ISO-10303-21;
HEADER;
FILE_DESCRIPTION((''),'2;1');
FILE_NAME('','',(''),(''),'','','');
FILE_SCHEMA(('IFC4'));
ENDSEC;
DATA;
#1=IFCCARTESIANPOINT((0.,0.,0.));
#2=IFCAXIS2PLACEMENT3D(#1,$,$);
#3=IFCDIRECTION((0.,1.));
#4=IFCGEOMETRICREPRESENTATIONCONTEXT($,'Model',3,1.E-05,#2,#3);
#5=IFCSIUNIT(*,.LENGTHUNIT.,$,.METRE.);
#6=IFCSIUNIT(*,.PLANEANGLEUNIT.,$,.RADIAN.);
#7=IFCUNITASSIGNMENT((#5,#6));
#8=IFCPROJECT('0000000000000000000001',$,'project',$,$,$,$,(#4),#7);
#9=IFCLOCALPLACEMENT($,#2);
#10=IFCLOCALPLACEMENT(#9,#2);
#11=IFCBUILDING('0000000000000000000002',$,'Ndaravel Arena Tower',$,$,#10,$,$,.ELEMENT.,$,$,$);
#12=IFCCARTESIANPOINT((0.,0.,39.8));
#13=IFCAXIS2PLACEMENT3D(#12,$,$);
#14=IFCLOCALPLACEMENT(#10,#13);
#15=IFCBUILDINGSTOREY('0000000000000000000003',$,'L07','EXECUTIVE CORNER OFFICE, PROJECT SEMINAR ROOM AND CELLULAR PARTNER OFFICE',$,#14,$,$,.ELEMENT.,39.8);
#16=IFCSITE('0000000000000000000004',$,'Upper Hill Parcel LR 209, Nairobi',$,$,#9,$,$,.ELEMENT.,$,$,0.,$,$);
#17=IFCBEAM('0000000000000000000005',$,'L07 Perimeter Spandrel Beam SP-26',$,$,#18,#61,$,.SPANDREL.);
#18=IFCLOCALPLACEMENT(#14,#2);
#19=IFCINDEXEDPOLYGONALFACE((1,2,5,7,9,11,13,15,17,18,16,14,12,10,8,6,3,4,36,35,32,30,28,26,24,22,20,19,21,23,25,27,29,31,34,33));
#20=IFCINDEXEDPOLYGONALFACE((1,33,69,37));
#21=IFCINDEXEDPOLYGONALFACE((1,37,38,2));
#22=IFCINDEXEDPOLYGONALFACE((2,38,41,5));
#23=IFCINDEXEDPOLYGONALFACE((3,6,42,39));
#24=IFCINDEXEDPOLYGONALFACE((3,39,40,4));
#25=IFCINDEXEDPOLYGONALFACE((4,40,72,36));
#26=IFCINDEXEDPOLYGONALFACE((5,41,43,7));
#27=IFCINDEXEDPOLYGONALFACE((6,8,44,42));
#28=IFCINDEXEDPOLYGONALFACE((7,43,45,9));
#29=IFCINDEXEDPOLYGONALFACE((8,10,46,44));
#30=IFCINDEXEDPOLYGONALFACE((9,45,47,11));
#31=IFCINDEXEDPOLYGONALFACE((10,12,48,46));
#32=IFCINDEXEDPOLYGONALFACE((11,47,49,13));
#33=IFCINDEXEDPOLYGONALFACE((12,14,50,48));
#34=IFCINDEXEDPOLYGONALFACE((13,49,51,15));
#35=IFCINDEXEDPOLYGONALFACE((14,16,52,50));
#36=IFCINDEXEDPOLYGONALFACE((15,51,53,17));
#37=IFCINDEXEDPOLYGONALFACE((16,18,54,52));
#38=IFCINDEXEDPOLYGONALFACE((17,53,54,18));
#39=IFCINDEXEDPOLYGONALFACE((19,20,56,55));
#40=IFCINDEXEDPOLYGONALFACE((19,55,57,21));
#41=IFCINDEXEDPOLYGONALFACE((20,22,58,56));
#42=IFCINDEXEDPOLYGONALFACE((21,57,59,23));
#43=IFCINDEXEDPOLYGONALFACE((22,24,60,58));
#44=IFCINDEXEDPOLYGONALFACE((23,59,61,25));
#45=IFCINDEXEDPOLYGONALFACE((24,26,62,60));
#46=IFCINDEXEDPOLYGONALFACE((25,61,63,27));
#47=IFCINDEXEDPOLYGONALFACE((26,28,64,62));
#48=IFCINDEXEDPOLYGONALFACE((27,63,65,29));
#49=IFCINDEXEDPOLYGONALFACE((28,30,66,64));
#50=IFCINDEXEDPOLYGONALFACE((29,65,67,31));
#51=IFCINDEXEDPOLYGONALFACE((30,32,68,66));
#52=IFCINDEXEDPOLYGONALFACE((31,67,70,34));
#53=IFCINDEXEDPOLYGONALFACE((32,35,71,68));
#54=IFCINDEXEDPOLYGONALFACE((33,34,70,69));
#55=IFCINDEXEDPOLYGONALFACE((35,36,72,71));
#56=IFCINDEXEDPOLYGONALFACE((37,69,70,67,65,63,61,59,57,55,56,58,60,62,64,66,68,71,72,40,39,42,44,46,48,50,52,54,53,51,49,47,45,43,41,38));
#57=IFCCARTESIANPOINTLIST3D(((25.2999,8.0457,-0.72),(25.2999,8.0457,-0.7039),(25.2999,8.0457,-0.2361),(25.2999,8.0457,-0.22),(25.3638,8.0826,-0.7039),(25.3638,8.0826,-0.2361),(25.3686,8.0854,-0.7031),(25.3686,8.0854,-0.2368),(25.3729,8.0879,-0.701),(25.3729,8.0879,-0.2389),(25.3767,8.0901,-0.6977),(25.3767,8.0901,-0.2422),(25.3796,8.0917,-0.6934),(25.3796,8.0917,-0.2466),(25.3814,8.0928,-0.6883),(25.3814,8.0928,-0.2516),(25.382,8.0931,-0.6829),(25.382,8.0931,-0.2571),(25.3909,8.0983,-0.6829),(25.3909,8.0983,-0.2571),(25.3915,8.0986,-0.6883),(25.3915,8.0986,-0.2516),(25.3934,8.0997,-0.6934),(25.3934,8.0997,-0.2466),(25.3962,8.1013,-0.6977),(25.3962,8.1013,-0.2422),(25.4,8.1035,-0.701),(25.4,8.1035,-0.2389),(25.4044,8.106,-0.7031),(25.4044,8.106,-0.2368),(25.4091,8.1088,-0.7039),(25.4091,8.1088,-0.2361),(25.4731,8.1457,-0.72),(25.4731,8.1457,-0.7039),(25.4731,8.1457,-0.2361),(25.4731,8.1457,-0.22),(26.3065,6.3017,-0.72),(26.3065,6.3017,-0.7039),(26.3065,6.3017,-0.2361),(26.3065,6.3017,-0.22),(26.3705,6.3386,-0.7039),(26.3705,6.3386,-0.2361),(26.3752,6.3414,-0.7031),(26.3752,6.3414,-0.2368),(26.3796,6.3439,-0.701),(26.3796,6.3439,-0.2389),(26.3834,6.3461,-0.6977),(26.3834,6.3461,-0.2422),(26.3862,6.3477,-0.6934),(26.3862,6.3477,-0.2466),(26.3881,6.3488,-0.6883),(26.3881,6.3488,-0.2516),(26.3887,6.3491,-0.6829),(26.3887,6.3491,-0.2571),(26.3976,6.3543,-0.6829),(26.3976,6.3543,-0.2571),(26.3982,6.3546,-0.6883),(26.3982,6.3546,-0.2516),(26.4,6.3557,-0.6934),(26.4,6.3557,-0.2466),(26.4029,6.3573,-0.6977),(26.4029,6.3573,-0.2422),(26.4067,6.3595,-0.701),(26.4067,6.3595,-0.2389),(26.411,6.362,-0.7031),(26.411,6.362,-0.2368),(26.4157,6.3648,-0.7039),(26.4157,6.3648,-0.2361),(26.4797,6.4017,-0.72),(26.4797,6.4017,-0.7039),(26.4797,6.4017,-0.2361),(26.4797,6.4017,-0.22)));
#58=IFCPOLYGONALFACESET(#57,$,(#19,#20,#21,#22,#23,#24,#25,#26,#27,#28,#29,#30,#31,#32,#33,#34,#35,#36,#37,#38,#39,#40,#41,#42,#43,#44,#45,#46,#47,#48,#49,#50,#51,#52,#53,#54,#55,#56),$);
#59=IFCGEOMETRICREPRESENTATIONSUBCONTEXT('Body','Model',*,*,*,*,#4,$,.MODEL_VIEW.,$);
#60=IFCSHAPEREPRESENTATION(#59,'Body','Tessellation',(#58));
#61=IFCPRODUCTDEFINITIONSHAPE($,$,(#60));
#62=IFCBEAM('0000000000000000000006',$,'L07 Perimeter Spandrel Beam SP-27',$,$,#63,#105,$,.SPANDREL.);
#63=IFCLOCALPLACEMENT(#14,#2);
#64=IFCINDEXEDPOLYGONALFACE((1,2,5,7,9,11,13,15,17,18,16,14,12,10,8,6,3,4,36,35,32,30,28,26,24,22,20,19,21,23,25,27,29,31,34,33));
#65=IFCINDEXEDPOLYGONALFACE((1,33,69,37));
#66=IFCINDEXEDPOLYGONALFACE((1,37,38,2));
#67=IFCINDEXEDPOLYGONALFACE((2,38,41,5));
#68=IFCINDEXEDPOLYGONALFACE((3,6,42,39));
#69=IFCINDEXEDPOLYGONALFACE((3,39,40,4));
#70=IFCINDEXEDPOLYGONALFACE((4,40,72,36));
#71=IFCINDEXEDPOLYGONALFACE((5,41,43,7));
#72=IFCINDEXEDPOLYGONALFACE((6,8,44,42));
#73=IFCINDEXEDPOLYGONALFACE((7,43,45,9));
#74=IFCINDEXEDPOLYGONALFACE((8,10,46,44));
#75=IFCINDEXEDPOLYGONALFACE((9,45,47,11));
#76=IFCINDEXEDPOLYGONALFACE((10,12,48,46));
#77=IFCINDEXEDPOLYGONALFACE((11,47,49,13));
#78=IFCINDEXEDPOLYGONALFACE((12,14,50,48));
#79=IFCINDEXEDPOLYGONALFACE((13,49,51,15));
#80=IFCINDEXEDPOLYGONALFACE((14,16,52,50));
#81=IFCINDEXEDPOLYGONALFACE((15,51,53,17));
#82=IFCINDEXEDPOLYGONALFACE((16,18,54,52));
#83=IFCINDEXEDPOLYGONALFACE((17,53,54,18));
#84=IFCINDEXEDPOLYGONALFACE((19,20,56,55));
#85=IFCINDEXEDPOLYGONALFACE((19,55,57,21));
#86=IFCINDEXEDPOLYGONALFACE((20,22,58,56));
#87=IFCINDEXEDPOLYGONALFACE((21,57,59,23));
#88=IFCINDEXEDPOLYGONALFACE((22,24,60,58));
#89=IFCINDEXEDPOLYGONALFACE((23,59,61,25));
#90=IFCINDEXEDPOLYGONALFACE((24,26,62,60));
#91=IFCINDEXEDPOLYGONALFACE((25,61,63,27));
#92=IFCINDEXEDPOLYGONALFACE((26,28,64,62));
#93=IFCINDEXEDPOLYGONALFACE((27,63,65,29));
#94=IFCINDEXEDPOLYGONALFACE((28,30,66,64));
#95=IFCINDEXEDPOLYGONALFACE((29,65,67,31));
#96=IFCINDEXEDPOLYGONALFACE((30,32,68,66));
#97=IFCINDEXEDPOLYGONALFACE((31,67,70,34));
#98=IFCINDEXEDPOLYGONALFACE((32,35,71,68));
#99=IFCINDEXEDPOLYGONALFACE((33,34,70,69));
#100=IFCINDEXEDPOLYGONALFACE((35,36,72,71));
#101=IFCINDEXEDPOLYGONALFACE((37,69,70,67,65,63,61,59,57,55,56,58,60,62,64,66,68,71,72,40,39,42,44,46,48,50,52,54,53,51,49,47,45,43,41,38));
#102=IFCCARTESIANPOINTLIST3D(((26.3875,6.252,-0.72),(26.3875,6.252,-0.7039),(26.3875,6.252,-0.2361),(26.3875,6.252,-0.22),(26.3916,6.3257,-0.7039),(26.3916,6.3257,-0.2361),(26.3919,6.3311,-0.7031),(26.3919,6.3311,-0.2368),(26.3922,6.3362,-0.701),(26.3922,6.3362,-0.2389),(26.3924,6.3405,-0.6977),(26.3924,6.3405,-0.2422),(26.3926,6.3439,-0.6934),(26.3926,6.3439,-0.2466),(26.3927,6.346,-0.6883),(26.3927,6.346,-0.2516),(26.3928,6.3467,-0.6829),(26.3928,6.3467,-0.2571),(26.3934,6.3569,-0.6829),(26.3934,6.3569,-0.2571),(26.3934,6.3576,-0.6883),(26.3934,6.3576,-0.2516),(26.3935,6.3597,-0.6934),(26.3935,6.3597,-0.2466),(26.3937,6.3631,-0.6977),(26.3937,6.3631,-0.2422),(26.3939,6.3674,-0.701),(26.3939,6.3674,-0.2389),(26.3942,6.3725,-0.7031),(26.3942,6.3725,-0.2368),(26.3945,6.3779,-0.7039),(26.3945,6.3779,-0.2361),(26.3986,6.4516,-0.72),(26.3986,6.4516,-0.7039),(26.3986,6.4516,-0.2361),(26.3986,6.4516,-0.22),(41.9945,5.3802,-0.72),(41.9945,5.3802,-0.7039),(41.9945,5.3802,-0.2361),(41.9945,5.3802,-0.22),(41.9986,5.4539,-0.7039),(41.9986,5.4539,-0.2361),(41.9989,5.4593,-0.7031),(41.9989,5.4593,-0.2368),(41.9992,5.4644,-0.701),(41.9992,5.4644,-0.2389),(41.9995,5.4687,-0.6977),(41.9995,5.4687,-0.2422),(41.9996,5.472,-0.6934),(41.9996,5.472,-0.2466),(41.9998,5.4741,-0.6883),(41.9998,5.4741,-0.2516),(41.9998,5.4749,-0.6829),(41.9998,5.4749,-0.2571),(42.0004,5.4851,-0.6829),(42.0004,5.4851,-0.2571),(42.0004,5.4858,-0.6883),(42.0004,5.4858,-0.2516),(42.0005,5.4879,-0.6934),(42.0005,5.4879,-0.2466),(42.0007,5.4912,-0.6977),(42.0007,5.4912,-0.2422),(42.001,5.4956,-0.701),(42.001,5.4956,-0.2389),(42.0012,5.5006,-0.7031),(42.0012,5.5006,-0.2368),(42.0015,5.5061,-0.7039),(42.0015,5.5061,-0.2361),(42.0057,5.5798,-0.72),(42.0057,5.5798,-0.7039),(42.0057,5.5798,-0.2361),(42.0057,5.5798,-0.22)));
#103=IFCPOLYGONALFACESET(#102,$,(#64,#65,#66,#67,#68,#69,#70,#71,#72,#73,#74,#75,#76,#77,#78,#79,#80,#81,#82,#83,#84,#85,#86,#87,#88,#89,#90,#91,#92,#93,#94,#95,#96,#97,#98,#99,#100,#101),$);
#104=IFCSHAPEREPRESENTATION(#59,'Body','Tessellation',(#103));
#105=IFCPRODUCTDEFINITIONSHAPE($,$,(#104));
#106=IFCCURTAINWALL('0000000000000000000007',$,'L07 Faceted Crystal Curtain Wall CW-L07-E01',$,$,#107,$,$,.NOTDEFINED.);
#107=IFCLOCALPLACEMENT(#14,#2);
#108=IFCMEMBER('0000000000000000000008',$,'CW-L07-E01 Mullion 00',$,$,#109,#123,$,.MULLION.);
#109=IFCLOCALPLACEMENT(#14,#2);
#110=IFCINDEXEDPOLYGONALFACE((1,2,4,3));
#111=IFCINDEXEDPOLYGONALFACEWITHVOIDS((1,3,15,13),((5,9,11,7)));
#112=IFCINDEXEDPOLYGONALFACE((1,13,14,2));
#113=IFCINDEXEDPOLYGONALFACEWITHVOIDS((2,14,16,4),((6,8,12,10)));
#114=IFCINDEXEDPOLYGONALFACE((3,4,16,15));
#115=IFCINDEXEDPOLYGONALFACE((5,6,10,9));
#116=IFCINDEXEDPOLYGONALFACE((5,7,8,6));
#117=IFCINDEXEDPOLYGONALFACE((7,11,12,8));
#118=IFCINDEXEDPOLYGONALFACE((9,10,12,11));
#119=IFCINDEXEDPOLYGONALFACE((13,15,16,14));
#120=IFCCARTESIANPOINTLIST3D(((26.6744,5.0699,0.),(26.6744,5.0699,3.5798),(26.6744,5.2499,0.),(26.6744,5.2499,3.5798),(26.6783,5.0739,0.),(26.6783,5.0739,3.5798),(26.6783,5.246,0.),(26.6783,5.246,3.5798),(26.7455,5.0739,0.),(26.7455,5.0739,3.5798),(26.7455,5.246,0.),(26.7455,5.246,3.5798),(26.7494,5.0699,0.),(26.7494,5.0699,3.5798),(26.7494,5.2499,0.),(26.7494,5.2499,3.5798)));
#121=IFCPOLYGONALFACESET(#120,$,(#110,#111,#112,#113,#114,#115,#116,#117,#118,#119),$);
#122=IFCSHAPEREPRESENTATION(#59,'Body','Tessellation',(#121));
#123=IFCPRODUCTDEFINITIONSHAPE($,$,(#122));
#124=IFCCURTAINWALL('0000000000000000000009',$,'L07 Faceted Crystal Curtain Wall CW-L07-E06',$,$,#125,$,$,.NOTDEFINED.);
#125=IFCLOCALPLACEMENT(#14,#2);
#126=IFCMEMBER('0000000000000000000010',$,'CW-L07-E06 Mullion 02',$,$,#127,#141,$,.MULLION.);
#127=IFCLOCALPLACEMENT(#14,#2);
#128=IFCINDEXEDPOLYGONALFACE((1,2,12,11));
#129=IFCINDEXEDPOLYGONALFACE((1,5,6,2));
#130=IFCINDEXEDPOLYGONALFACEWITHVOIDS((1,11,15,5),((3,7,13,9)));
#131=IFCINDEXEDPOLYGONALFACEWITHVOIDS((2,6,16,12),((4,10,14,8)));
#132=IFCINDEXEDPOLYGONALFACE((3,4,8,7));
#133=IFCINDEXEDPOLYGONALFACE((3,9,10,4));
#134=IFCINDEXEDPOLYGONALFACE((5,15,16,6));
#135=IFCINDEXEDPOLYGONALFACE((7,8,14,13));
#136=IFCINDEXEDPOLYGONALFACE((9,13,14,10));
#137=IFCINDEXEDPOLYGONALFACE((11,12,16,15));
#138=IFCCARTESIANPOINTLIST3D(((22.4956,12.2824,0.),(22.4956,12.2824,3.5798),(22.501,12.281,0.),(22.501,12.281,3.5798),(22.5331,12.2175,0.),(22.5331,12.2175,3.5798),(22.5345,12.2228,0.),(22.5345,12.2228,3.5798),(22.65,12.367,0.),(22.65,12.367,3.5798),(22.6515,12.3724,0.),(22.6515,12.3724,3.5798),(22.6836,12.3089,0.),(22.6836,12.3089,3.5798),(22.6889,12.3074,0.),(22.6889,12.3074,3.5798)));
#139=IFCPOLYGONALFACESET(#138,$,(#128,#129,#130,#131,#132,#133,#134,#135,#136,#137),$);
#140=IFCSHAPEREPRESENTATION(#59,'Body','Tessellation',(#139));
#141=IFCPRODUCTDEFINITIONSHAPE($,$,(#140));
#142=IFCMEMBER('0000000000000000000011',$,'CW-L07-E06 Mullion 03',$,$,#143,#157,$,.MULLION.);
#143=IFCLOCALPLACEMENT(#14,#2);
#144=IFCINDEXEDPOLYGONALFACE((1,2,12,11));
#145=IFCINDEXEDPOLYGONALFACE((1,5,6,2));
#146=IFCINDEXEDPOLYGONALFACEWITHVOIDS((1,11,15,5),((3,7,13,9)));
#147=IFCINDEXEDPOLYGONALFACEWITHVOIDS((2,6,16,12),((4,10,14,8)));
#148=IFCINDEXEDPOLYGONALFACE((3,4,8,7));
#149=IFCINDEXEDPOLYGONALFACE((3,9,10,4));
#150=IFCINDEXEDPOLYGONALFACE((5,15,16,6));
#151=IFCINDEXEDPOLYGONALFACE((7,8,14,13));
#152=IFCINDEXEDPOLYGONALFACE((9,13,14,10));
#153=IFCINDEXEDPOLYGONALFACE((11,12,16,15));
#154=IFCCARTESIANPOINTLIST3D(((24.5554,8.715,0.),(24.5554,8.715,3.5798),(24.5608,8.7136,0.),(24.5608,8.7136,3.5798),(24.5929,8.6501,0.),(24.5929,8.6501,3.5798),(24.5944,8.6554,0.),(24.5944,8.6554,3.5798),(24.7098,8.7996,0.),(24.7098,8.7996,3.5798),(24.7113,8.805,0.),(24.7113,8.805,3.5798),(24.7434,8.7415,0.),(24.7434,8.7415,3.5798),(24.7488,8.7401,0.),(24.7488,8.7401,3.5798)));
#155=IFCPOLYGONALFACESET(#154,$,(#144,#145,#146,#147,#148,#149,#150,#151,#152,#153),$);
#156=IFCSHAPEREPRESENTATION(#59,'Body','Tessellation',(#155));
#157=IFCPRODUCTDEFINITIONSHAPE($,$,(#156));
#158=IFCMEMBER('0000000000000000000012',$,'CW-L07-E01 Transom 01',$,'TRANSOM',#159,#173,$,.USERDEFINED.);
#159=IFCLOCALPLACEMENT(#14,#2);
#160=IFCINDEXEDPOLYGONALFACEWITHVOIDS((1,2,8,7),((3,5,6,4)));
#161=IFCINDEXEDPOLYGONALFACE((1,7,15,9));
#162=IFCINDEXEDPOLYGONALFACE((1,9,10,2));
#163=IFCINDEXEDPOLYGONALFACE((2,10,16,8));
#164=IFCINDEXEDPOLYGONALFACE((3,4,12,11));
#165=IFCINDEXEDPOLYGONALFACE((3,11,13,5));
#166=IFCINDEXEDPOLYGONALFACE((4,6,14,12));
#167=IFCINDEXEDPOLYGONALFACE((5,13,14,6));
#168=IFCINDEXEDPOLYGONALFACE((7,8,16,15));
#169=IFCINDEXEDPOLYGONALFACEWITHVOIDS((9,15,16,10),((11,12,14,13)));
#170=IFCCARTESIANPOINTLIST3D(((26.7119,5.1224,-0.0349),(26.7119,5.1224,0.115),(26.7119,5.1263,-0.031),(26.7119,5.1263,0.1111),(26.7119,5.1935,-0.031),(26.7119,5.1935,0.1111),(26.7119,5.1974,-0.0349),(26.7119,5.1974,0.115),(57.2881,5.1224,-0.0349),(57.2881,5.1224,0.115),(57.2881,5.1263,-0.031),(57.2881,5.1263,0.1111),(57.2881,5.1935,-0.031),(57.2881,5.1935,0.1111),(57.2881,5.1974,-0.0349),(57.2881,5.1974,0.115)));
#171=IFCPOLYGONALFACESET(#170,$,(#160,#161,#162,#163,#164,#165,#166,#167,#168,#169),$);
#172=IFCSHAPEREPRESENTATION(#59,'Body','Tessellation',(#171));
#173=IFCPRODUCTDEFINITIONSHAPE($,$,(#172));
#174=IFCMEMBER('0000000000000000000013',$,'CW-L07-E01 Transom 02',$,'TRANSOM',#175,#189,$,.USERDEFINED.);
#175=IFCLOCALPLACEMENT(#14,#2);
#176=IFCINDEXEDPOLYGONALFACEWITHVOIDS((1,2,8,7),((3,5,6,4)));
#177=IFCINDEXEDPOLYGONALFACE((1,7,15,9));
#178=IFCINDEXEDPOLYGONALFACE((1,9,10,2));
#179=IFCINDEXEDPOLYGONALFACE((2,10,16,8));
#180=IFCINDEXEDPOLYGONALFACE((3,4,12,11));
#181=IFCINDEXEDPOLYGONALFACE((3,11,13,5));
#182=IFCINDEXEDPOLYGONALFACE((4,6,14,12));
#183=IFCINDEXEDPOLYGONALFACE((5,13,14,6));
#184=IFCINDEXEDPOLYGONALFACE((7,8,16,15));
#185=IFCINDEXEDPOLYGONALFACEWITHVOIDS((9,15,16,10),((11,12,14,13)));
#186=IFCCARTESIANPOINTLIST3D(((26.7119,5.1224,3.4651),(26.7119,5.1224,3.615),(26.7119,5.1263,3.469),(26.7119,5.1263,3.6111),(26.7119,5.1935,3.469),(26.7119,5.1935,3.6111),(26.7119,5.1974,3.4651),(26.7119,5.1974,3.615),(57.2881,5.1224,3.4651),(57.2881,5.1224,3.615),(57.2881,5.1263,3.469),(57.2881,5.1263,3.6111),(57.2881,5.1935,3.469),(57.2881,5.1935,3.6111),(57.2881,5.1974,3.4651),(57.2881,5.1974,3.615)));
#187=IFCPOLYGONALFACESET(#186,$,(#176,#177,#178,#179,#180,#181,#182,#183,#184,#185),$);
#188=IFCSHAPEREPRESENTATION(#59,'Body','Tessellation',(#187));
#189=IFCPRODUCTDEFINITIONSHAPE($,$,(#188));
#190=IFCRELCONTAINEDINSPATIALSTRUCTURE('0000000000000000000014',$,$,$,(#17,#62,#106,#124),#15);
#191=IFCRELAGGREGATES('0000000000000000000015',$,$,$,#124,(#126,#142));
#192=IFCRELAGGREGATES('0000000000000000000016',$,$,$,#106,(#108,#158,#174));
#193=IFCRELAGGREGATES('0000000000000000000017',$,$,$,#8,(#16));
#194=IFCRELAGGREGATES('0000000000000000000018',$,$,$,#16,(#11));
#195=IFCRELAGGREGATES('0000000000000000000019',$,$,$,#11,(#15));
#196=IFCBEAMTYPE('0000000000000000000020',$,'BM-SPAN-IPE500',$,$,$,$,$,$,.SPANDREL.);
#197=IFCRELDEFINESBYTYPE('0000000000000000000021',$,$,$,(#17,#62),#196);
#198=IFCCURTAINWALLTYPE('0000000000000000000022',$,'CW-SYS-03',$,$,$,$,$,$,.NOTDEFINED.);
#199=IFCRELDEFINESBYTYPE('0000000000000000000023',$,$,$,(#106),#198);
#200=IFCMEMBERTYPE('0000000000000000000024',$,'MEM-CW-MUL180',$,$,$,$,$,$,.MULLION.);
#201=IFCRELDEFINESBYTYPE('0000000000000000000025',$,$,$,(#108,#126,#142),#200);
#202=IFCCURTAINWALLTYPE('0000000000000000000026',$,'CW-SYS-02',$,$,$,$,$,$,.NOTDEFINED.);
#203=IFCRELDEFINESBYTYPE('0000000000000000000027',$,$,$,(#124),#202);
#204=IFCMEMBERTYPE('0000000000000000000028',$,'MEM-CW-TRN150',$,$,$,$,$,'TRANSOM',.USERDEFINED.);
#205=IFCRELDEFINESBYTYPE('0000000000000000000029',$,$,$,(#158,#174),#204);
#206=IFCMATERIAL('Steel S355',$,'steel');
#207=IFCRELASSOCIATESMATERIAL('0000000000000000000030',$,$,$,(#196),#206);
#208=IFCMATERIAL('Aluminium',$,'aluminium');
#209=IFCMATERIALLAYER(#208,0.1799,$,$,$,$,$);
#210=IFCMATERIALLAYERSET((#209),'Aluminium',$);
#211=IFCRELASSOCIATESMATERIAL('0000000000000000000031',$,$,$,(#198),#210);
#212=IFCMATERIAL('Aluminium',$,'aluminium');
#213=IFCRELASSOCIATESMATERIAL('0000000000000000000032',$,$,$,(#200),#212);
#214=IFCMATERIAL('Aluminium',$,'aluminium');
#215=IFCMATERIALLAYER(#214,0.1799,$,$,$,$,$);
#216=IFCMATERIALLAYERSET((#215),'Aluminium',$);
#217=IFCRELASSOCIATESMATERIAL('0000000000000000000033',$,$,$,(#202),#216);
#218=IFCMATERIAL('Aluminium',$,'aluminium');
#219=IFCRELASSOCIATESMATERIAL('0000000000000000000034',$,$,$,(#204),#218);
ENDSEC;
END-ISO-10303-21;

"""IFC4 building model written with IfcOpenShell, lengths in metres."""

from ifc_helpers import new_model, si_unit, direction, frame, origin, origin_2d, place, context, subcontext, project, spatial, hollow_rectangle, i_section, extrude, material, layer, layer_set, material_profile, profile_set, type_object, element, aggregate, save


model = new_model("IFC4")

# Units and contexts
model_context = context("Model", 3, precision=1e-05, world=origin(), true_north=direction((0.0, 1.0)))
body_context = subcontext(model_context, "Body", "Model", "MODEL_VIEW")
ifc_project = project(units=[si_unit("LENGTHUNIT", "METRE"), si_unit("PLANEANGLEUNIT", "RADIAN")], contexts=[model_context])

# Site, building, storey
site_placement = place(None, origin())
site = spatial("IfcSite", under=ifc_project, at=site_placement, Name="Upper Hill Parcel LR 209, Nairobi", CompositionType="ELEMENT", RefElevation=0.0)
building_placement = place(site_placement, origin())
building = spatial("IfcBuilding", under=site, at=building_placement, Name="Ndaravel Arena Tower", CompositionType="ELEMENT")
storey_placement = place(building_placement, frame((0.0, 0.0, 39.8)))
storey = spatial("IfcBuildingStorey", under=building, at=storey_placement, Name="L07", Description="EXECUTIVE CORNER OFFICE, PROJECT SEMINAR ROOM AND CELLULAR PARTNER OFFICE", CompositionType="ELEMENT", Elevation=39.8)

# Beams
ifc_material_1 = material(Name="Steel S355", Category="steel")
ifc_material_profile_1 = material_profile(ifc_material_1, i_section(OverallWidth=0.2, OverallDepth=0.5, WebThickness=0.0103, FlangeThickness=0.0161, FilletRadius=0.021, at=origin_2d()), Name="IPE 500")
ifc_profile_set_1 = profile_set([ifc_material_profile_1], Name="Steel S355")
beam_type = type_object("IfcBeamType", Name="BM-SPAN-IPE500", PredefinedType="SPANDREL", material=ifc_profile_set_1)
beam_1_placement = place(storey_placement, frame((25.3865, 8.0957, -0.47), z_axis=(0.499908, -0.866079, 0.0), x_axis=(0.866079, 0.499908, 0.0)))
element("IfcBeam", 1, at=beam_1_placement, inside=storey, type_object=beam_type, Name="L07 Perimeter Spandrel Beam SP-26", PredefinedType="SPANDREL", context=body_context, shape_type="SweptSolid", body=[
    extrude(i_section(OverallWidth=0.2, OverallDepth=0.5, WebThickness=0.0103, FlangeThickness=0.0161, FilletRadius=0.021, at=origin_2d()), origin(), (0.0, 0.0, 1.0), 2.0137),
])
beam_2_placement = place(storey_placement, frame((26.3931, 6.3518, -0.47), z_axis=(0.998443, -0.055775, 0.0), x_axis=(0.055775, 0.998443, 0.0)))
element("IfcBeam", 2, at=beam_2_placement, inside=storey, type_object=beam_type, Name="L07 Perimeter Spandrel Beam SP-27", PredefinedType="SPANDREL", context=body_context, shape_type="SweptSolid", body=[
    extrude(i_section(OverallWidth=0.2, OverallDepth=0.5, WebThickness=0.0103, FlangeThickness=0.0161, FilletRadius=0.021, at=origin_2d()), origin(), (0.0, 0.0, 1.0), 15.6313),
])

# Curtain wall, member
ifc_material_2 = material(Name="Aluminium", Category="aluminium")
ifc_layer_1 = layer(ifc_material_2, 0.1799)
ifc_layer_set_1 = layer_set([ifc_layer_1], Name="Aluminium")
curtain_wall_type_1 = type_object("IfcCurtainWallType", Name="CW-SYS-03", PredefinedType="NOTDEFINED", material=ifc_layer_set_1)
curtain_wall_1_placement = place(storey_placement, origin())
curtain_wall_1 = element("IfcCurtainWall", 3, at=curtain_wall_1_placement, inside=storey, type_object=curtain_wall_type_1, Name="L07 Faceted Crystal Curtain Wall CW-L07-E01", PredefinedType="NOTDEFINED")
ifc_material_3 = material(Name="Aluminium", Category="aluminium")
ifc_material_profile_2 = material_profile(ifc_material_3, hollow_rectangle(XDim=0.075, YDim=0.1799, WallThickness=0.0039, at=origin_2d()), Name="CW MULLION 75x180x4")
ifc_profile_set_2 = profile_set([ifc_material_profile_2], Name="Aluminium")
member_type_1 = type_object("IfcMemberType", Name="MEM-CW-MUL180", PredefinedType="MULLION", material=ifc_profile_set_2)
member_1_placement = place(storey_placement, frame((26.7119, 5.1599, 0.0), z_axis=(0.0, 0.0, 1.0), x_axis=(1.0, 0.0, 0.0)))
member_1 = element("IfcMember", 4, at=member_1_placement, type_object=member_type_1, Name="CW-L07-E01 Mullion 00", PredefinedType="MULLION", context=body_context, shape_type="SweptSolid", body=[
    extrude(hollow_rectangle(XDim=0.075, YDim=0.1799, WallThickness=0.0039, at=origin_2d()), origin(), (0.0, 0.0, 1.0), 3.5798),
])

# Curtain wall, members
ifc_material_4 = material(Name="Aluminium", Category="aluminium")
ifc_layer_2 = layer(ifc_material_4, 0.1799)
ifc_layer_set_2 = layer_set([ifc_layer_2], Name="Aluminium")
curtain_wall_type_2 = type_object("IfcCurtainWallType", Name="CW-SYS-02", PredefinedType="NOTDEFINED", material=ifc_layer_set_2)
curtain_wall_2_placement = place(storey_placement, origin())
curtain_wall_2 = element("IfcCurtainWall", 5, at=curtain_wall_2_placement, inside=storey, type_object=curtain_wall_type_2, Name="L07 Faceted Crystal Curtain Wall CW-L07-E06", PredefinedType="NOTDEFINED")
member_2_placement = place(storey_placement, frame((22.5923, 12.2949, 0.0), z_axis=(0.0, 0.0, 1.0), x_axis=(0.5, -0.866025, 0.0)))
member_2 = element("IfcMember", 6, at=member_2_placement, type_object=member_type_1, Name="CW-L07-E06 Mullion 02", PredefinedType="MULLION", context=body_context, shape_type="SweptSolid", body=[
    extrude(hollow_rectangle(XDim=0.075, YDim=0.1799, WallThickness=0.0039, at=origin_2d()), origin(), (0.0, 0.0, 1.0), 3.5798),
])
member_3_placement = place(storey_placement, frame((24.6521, 8.7275, 0.0), z_axis=(0.0, 0.0, 1.0), x_axis=(0.5, -0.866025, 0.0)))
member_3 = element("IfcMember", 7, at=member_3_placement, type_object=member_type_1, Name="CW-L07-E06 Mullion 03", PredefinedType="MULLION", context=body_context, shape_type="SweptSolid", body=[
    extrude(hollow_rectangle(XDim=0.075, YDim=0.1799, WallThickness=0.0039, at=origin_2d()), origin(), (0.0, 0.0, 1.0), 3.5798),
])

# Members
ifc_material_5 = material(Name="Aluminium", Category="aluminium")
ifc_material_profile_3 = material_profile(ifc_material_5, hollow_rectangle(XDim=0.075, YDim=0.1499, WallThickness=0.0039, at=origin_2d()), Name="CW TRANSOM 75x150x4")
ifc_profile_set_3 = profile_set([ifc_material_profile_3], Name="Aluminium")
member_type_2 = type_object("IfcMemberType", Name="MEM-CW-TRN150", ElementType="TRANSOM", PredefinedType="USERDEFINED", material=ifc_profile_set_3)
member_4_placement = place(storey_placement, frame((26.7119, 5.1599, 0.04), z_axis=(1.0, 0.0, 0.0), x_axis=(0.0, 1.0, 0.0)))
member_4 = element("IfcMember", 8, at=member_4_placement, type_object=member_type_2, Name="CW-L07-E01 Transom 01", ObjectType="TRANSOM", PredefinedType="USERDEFINED", context=body_context, shape_type="SweptSolid", body=[
    extrude(hollow_rectangle(XDim=0.075, YDim=0.1499, WallThickness=0.0039, at=origin_2d()), origin(), (0.0, 0.0, 1.0), 30.5762),
])
member_5_placement = place(storey_placement, frame((26.7119, 5.1599, 3.54), z_axis=(1.0, 0.0, 0.0), x_axis=(0.0, 1.0, 0.0)))
member_5 = element("IfcMember", 9, at=member_5_placement, type_object=member_type_2, Name="CW-L07-E01 Transom 02", ObjectType="TRANSOM", PredefinedType="USERDEFINED", context=body_context, shape_type="SweptSolid", body=[
    extrude(hollow_rectangle(XDim=0.075, YDim=0.1499, WallThickness=0.0039, at=origin_2d()), origin(), (0.0, 0.0, 1.0), 30.5762),
])

aggregate(curtain_wall_2, [member_2, member_3])
aggregate(curtain_wall_1, [member_1, member_4, member_5])

save(model, "model.ifc")
